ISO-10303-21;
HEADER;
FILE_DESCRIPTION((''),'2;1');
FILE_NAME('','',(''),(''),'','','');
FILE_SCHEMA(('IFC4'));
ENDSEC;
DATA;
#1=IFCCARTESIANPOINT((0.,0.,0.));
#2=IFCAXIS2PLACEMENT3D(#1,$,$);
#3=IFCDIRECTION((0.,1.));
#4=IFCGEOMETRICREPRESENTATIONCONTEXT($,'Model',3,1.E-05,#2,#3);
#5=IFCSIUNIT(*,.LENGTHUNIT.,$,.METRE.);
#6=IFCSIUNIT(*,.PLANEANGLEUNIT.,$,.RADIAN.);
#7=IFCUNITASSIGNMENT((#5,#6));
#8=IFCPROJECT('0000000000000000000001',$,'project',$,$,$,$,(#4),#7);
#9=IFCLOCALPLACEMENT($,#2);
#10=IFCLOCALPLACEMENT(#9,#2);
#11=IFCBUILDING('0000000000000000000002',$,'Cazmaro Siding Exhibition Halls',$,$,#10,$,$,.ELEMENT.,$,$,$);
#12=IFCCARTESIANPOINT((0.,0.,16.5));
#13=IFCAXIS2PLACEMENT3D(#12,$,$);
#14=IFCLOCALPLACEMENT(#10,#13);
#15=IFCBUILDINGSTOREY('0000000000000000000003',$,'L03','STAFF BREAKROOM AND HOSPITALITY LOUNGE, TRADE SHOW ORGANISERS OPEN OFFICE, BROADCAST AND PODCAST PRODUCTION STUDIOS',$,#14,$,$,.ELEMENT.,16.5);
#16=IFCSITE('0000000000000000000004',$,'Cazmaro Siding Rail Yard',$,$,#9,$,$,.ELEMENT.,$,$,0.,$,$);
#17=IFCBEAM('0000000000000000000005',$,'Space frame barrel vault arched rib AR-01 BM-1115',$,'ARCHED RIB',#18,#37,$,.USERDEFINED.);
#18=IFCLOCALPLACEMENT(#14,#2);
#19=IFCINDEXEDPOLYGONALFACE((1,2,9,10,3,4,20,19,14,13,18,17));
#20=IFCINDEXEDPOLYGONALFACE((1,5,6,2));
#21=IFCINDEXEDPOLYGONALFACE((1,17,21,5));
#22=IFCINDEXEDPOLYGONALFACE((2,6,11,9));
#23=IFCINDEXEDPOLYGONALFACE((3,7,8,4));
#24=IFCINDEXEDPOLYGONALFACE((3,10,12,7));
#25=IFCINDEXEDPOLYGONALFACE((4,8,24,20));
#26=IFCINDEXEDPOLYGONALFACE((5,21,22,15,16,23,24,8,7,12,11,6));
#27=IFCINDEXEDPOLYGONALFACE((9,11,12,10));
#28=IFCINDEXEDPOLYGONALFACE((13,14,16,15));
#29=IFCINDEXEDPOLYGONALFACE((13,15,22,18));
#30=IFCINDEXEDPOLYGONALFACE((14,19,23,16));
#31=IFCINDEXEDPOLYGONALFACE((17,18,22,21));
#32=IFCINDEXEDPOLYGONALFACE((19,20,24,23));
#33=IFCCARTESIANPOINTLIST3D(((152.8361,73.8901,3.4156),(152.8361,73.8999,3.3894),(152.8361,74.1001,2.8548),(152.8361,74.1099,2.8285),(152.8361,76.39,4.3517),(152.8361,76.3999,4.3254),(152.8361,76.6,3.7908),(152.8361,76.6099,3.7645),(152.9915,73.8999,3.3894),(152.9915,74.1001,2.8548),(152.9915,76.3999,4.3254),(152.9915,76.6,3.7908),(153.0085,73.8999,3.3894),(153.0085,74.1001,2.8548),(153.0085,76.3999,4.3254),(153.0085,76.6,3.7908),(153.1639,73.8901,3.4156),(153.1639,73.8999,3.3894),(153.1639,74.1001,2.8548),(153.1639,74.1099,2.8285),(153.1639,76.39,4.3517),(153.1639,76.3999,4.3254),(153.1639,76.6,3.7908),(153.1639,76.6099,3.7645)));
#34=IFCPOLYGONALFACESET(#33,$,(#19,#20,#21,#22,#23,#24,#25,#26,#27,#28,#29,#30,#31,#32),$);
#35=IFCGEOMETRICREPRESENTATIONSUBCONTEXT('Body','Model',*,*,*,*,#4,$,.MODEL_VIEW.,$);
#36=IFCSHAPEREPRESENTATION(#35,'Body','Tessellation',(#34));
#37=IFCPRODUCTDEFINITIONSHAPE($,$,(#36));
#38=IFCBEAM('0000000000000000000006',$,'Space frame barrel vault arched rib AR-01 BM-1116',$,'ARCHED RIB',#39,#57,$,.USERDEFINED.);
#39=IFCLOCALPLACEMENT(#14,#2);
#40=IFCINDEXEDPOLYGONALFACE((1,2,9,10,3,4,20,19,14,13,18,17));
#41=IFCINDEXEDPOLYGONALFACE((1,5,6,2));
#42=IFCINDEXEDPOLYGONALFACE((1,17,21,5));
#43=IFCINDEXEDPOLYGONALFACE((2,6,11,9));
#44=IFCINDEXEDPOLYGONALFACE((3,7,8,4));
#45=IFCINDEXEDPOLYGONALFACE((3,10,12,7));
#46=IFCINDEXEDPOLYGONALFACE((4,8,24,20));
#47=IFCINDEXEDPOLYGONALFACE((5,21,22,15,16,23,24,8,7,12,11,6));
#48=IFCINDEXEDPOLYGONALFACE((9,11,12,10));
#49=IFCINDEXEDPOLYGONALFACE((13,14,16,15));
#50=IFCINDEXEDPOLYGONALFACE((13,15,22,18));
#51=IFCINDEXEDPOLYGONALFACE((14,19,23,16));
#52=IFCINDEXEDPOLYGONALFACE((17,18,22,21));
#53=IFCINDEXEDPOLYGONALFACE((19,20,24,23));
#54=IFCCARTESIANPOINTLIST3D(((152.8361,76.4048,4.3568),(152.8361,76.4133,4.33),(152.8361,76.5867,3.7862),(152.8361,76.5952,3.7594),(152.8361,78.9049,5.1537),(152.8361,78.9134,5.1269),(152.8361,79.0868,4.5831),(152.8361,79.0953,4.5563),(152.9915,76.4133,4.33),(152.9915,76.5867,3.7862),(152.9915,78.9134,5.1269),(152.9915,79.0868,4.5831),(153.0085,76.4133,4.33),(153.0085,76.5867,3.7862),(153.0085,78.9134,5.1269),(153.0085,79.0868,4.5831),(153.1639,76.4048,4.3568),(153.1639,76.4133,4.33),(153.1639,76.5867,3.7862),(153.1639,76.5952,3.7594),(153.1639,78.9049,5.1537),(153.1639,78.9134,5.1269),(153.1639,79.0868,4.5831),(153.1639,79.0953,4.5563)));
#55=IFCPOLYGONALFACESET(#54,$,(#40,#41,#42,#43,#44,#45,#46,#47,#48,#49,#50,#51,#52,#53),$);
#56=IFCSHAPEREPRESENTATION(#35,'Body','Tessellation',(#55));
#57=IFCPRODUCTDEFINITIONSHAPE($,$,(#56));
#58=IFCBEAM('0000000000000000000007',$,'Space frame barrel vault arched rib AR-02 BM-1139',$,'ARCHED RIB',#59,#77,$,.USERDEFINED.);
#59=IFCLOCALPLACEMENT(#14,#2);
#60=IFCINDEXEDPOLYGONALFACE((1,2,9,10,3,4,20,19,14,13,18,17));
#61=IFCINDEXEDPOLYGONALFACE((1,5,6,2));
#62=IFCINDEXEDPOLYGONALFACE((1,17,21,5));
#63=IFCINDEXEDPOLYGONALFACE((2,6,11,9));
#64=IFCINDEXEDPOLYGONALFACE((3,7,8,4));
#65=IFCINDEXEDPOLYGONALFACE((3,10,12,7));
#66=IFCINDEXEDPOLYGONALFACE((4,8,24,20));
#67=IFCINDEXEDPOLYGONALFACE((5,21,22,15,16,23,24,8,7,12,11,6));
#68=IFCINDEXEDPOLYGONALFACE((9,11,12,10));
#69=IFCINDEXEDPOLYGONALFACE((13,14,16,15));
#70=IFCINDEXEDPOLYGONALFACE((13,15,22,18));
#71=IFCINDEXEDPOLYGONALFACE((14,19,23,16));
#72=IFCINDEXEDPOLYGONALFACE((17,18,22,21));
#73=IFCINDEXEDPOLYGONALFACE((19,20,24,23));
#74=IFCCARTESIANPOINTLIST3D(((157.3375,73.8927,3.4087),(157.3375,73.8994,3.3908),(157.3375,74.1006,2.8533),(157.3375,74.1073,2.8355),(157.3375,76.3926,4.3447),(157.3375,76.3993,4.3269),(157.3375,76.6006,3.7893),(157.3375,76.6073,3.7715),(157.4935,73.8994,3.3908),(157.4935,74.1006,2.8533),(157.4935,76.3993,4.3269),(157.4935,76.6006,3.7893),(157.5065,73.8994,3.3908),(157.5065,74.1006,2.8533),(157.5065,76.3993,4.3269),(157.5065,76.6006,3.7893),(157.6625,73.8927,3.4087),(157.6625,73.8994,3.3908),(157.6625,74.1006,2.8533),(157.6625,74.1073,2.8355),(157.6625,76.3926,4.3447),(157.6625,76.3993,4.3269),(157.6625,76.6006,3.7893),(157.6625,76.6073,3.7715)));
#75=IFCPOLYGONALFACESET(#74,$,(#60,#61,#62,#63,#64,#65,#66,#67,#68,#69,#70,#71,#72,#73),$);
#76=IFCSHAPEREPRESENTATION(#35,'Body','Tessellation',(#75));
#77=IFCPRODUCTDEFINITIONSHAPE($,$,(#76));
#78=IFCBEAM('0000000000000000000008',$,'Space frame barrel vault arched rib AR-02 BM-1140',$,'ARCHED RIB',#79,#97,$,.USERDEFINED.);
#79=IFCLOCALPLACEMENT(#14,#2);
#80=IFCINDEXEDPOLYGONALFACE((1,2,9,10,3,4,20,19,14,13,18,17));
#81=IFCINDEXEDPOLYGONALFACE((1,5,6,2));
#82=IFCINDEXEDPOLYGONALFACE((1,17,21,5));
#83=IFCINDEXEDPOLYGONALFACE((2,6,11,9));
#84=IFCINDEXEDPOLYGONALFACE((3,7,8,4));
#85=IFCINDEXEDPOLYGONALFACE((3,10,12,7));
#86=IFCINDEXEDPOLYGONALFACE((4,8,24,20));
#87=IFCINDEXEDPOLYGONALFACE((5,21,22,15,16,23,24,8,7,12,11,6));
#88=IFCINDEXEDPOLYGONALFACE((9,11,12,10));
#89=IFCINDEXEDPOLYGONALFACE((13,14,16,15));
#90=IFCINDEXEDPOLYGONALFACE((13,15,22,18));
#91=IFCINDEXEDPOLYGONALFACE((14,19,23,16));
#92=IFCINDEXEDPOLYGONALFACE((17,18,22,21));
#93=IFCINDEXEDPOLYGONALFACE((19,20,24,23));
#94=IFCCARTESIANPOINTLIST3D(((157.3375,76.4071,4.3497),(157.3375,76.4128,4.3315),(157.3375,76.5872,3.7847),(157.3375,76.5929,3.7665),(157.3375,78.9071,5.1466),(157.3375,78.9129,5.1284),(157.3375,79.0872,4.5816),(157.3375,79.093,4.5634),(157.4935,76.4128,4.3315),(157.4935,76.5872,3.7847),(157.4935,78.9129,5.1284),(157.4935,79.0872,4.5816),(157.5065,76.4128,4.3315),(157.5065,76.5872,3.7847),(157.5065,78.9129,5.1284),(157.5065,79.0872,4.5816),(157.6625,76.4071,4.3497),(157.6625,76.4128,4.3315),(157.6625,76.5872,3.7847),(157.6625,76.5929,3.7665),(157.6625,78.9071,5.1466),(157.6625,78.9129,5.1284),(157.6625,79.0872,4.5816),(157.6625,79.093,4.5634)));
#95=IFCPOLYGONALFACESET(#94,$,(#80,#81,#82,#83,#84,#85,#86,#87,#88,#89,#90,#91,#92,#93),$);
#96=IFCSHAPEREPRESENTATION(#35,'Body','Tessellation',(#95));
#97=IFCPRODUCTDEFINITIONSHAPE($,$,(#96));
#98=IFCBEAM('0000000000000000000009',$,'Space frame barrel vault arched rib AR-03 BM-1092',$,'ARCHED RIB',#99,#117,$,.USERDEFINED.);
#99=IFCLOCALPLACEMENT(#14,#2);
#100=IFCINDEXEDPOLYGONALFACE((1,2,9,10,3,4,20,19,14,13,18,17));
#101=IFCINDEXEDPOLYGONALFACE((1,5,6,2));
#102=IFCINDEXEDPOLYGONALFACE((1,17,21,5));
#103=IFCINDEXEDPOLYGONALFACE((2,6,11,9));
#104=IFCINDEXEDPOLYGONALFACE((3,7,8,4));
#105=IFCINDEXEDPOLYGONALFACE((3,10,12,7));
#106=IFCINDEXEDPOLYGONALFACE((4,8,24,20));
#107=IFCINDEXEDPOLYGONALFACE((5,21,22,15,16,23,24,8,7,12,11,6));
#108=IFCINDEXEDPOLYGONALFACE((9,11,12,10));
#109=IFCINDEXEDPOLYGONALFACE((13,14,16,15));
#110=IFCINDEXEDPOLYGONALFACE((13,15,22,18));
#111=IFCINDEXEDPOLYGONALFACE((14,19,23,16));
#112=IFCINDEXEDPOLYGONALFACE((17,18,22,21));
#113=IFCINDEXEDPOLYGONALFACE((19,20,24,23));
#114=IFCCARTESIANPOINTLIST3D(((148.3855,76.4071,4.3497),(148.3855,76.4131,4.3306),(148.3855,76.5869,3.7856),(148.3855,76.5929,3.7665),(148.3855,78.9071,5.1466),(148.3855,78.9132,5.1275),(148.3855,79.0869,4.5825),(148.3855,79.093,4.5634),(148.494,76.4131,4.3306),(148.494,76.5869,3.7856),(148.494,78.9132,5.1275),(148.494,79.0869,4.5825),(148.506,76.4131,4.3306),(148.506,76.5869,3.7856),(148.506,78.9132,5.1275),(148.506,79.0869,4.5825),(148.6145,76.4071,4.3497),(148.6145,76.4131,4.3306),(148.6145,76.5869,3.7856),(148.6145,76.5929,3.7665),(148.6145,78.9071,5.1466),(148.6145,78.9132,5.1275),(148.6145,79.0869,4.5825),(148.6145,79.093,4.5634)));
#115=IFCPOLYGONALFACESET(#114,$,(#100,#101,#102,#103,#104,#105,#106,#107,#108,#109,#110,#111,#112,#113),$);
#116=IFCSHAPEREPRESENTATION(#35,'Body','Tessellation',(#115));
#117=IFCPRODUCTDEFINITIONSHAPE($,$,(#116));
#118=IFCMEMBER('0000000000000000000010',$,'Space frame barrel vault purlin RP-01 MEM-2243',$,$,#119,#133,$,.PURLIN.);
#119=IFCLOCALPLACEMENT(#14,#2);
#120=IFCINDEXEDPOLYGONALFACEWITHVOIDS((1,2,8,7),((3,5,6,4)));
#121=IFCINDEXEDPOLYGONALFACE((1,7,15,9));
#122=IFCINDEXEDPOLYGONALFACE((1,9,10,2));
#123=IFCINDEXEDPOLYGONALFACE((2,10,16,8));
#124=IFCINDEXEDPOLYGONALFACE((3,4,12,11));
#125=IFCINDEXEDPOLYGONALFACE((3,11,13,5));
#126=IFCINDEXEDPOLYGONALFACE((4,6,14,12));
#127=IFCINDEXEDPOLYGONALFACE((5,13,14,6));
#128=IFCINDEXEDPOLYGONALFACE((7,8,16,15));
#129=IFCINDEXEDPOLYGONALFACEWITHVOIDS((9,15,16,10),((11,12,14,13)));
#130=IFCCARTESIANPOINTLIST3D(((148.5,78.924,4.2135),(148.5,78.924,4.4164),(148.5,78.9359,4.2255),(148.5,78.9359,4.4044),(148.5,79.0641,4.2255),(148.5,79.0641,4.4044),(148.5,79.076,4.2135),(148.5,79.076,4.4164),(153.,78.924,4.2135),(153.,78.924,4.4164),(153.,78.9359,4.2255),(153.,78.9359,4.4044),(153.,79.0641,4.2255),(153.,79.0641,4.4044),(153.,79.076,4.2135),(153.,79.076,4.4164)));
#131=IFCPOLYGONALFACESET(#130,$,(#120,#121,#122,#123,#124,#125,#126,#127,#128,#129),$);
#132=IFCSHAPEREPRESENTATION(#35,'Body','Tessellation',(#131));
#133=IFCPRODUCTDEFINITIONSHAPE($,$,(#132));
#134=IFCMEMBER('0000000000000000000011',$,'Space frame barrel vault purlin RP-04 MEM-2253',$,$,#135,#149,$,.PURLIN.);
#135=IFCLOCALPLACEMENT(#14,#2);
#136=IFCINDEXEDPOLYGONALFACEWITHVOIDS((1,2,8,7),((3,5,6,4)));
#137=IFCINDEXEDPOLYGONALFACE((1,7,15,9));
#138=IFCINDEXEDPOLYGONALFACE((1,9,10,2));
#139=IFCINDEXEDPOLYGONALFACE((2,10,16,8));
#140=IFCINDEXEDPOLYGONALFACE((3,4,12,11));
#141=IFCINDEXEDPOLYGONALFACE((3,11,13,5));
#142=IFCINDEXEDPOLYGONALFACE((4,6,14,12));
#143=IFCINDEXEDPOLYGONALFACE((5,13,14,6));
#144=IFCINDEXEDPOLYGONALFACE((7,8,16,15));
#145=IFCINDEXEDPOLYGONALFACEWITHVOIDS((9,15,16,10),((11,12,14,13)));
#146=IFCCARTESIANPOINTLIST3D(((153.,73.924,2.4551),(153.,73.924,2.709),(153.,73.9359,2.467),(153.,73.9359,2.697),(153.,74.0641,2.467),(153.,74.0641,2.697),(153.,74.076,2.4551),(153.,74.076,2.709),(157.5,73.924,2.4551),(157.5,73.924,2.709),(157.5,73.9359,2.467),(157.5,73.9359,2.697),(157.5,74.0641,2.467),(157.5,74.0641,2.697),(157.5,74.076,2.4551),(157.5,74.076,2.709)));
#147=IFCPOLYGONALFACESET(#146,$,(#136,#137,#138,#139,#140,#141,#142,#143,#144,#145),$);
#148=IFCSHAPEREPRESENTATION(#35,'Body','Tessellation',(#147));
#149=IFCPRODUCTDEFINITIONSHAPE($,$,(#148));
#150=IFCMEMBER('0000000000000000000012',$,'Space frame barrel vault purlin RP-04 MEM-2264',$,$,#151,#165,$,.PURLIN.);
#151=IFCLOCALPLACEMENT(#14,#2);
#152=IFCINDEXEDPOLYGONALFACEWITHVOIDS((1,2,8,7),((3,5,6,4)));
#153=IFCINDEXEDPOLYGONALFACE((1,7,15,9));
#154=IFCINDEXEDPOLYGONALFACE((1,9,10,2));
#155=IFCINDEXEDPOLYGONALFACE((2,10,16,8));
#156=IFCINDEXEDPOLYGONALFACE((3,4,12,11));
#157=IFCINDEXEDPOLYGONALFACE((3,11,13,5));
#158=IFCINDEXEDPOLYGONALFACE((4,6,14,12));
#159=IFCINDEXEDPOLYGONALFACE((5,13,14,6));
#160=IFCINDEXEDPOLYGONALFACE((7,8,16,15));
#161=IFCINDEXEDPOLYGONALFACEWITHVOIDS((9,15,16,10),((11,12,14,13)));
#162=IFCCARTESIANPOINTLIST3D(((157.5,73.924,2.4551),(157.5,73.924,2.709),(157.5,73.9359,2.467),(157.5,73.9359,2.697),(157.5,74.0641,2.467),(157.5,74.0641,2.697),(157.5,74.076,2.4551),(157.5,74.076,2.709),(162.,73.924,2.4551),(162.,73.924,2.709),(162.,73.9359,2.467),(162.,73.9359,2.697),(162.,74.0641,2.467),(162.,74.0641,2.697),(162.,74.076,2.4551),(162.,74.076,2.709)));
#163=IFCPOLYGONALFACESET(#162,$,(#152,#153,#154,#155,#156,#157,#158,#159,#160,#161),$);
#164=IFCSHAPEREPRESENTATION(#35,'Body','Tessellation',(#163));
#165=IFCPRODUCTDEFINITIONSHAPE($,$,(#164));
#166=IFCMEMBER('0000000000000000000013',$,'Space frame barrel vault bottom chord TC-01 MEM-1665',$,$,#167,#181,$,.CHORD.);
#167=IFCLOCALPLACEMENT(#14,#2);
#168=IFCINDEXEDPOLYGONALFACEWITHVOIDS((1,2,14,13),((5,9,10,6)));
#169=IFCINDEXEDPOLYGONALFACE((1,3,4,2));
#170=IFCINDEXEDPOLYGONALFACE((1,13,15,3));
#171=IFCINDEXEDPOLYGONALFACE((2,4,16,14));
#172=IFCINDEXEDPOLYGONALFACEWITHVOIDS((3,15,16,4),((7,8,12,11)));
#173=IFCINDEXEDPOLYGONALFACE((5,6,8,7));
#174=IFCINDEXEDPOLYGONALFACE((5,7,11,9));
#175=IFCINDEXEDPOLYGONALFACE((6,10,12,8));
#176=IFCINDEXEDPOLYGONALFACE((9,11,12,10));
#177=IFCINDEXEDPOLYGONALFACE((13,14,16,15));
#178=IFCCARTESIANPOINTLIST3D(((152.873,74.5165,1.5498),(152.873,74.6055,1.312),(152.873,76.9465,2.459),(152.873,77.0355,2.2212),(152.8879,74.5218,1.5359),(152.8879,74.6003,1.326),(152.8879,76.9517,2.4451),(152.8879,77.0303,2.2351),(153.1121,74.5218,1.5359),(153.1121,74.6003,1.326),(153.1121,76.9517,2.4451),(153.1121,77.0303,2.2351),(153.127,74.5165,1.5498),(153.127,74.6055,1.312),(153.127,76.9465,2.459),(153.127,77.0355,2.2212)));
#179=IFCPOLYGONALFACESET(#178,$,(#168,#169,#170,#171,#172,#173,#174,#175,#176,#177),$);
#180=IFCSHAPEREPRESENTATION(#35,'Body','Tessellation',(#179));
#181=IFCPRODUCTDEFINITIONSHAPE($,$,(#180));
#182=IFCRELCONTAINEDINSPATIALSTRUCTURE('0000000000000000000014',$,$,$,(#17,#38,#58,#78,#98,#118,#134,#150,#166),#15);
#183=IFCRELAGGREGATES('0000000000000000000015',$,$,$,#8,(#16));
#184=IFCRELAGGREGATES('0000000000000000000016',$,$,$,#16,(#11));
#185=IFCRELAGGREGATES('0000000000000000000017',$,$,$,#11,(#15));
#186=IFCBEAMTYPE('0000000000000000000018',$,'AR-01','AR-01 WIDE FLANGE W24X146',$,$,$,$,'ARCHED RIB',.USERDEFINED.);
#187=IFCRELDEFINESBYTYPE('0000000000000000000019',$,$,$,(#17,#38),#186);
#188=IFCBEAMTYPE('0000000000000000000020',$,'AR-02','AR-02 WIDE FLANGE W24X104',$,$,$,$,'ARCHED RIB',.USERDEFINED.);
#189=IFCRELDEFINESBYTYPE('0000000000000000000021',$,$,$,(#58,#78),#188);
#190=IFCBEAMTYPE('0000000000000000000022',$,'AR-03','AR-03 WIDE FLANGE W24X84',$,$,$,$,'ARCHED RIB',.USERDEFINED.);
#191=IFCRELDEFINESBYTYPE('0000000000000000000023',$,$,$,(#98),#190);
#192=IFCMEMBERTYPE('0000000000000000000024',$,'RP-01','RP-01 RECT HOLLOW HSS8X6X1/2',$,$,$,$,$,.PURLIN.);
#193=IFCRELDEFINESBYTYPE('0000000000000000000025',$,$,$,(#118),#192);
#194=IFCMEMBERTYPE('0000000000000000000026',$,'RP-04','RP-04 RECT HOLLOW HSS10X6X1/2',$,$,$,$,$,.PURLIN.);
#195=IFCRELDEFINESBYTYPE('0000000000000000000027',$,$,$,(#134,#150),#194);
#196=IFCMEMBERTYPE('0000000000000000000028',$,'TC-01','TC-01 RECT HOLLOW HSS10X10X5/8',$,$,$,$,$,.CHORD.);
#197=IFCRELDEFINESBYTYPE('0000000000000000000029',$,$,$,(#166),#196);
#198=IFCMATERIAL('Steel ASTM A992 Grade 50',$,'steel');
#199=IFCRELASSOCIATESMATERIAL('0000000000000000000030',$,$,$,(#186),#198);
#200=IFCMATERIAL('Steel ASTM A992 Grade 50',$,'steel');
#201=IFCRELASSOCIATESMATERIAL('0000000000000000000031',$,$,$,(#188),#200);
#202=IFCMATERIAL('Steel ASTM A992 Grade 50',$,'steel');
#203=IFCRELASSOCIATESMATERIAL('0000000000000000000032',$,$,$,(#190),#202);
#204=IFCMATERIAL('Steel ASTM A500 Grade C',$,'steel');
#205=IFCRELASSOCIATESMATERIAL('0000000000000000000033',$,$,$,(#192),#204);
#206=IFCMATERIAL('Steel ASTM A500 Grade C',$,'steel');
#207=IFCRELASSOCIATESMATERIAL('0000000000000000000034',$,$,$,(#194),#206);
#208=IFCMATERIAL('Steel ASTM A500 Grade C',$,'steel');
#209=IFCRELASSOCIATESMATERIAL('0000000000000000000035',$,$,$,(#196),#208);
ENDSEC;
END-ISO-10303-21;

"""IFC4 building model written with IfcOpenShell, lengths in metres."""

from ifc_helpers import new_model, si_unit, direction, frame, origin, origin_2d, place, context, subcontext, project, spatial, hollow_rectangle, i_section, extrude, material, material_profile, profile_set, type_object, element, save


model = new_model("IFC4")

# Units and contexts
model_context = context("Model", 3, precision=1e-05, world=origin(), true_north=direction((0.0, 1.0)))
body_context = subcontext(model_context, "Body", "Model", "MODEL_VIEW")
ifc_project = project(units=[si_unit("LENGTHUNIT", "METRE"), si_unit("PLANEANGLEUNIT", "RADIAN")], contexts=[model_context])

# Site, building, storey
site_placement = place(None, origin())
site = spatial("IfcSite", under=ifc_project, at=site_placement, Name="Cazmaro Siding Rail Yard", CompositionType="ELEMENT", RefElevation=0.0)
building_placement = place(site_placement, origin())
building = spatial("IfcBuilding", under=site, at=building_placement, Name="Cazmaro Siding Exhibition Halls", CompositionType="ELEMENT")
storey_placement = place(building_placement, frame((0.0, 0.0, 16.5)))
storey = spatial("IfcBuildingStorey", under=building, at=storey_placement, Name="L03", Description="STAFF BREAKROOM AND HOSPITALITY LOUNGE, TRADE SHOW ORGANISERS OPEN OFFICE, BROADCAST AND PODCAST PRODUCTION STUDIOS", CompositionType="ELEMENT", Elevation=16.5)

# Beams
ifc_material_1 = material(Name="Steel ASTM A992 Grade 50", Category="steel")
ifc_material_profile_1 = material_profile(ifc_material_1, i_section(OverallWidth=0.3279, OverallDepth=0.627, WebThickness=0.0171, FlangeThickness=0.0281, at=origin_2d()), Name="W24X146")
ifc_profile_set_1 = profile_set([ifc_material_profile_1], Name="Steel ASTM A992 Grade 50")
beam_type_1 = type_object("IfcBeamType", Name="AR-01", Description="AR-01 WIDE FLANGE W24X146", ElementType="ARCHED RIB", PredefinedType="USERDEFINED", material=ifc_profile_set_1)
beam_1_placement = place(storey_placement, frame((153.0, 74.0, 3.1221), z_axis=(0.0, 0.936509, 0.350642), x_axis=(-1.0, 0.0, 0.0)))
element("IfcBeam", 1, at=beam_1_placement, inside=storey, type_object=beam_type_1, Name="Space frame barrel vault arched rib AR-01 BM-1115", ObjectType="ARCHED RIB", PredefinedType="USERDEFINED", context=body_context, shape_type="SweptSolid", body=[
    extrude(i_section(OverallWidth=0.3279, OverallDepth=0.627, WebThickness=0.0171, FlangeThickness=0.0281, at=origin_2d()), origin(), (0.0, 0.0, 1.0), 2.6694),
])
beam_2_placement = place(storey_placement, frame((153.0, 76.5, 4.0581), z_axis=(0.0, 0.952769, 0.303695), x_axis=(-1.0, 0.0, 0.0)))
element("IfcBeam", 2, at=beam_2_placement, inside=storey, type_object=beam_type_1, Name="Space frame barrel vault arched rib AR-01 BM-1116", ObjectType="ARCHED RIB", PredefinedType="USERDEFINED", context=body_context, shape_type="SweptSolid", body=[
    extrude(i_section(OverallWidth=0.3279, OverallDepth=0.627, WebThickness=0.0171, FlangeThickness=0.0281, at=origin_2d()), origin(), (0.0, 0.0, 1.0), 2.624),
])
ifc_material_2 = material(Name="Steel ASTM A992 Grade 50", Category="steel")
ifc_material_profile_2 = material_profile(ifc_material_2, i_section(OverallWidth=0.325, OverallDepth=0.6121, WebThickness=0.0129, FlangeThickness=0.019, at=origin_2d()), Name="W24X104")
ifc_profile_set_2 = profile_set([ifc_material_profile_2], Name="Steel ASTM A992 Grade 50")
beam_type_2 = type_object("IfcBeamType", Name="AR-02", Description="AR-02 WIDE FLANGE W24X104", ElementType="ARCHED RIB", PredefinedType="USERDEFINED", material=ifc_profile_set_2)
beam_3_placement = place(storey_placement, frame((157.5, 74.0, 3.1221), z_axis=(0.0, 0.936509, 0.350642), x_axis=(-1.0, 0.0, 0.0)))
element("IfcBeam", 3, at=beam_3_placement, inside=storey, type_object=beam_type_2, Name="Space frame barrel vault arched rib AR-02 BM-1139", ObjectType="ARCHED RIB", PredefinedType="USERDEFINED", context=body_context, shape_type="SweptSolid", body=[
    extrude(i_section(OverallWidth=0.325, OverallDepth=0.6121, WebThickness=0.0129, FlangeThickness=0.019, at=origin_2d()), origin(), (0.0, 0.0, 1.0), 2.6694),
])
beam_4_placement = place(storey_placement, frame((157.5, 76.5, 4.0581), z_axis=(0.0, 0.952769, 0.303695), x_axis=(-1.0, 0.0, 0.0)))
element("IfcBeam", 4, at=beam_4_placement, inside=storey, type_object=beam_type_2, Name="Space frame barrel vault arched rib AR-02 BM-1140", ObjectType="ARCHED RIB", PredefinedType="USERDEFINED", context=body_context, shape_type="SweptSolid", body=[
    extrude(i_section(OverallWidth=0.325, OverallDepth=0.6121, WebThickness=0.0129, FlangeThickness=0.019, at=origin_2d()), origin(), (0.0, 0.0, 1.0), 2.624),
])
ifc_material_3 = material(Name="Steel ASTM A992 Grade 50", Category="steel")
ifc_material_profile_3 = material_profile(ifc_material_3, i_section(OverallWidth=0.229, OverallDepth=0.6121, WebThickness=0.012, FlangeThickness=0.02, at=origin_2d()), Name="W24X84")
ifc_profile_set_3 = profile_set([ifc_material_profile_3], Name="Steel ASTM A992 Grade 50")
beam_type_3 = type_object("IfcBeamType", Name="AR-03", Description="AR-03 WIDE FLANGE W24X84", ElementType="ARCHED RIB", PredefinedType="USERDEFINED", material=ifc_profile_set_3)
beam_5_placement = place(storey_placement, frame((148.5, 76.5, 4.0581), z_axis=(0.0, 0.952769, 0.303695), x_axis=(-1.0, 0.0, 0.0)))
element("IfcBeam", 5, at=beam_5_placement, inside=storey, type_object=beam_type_3, Name="Space frame barrel vault arched rib AR-03 BM-1092", ObjectType="ARCHED RIB", PredefinedType="USERDEFINED", context=body_context, shape_type="SweptSolid", body=[
    extrude(i_section(OverallWidth=0.229, OverallDepth=0.6121, WebThickness=0.012, FlangeThickness=0.02, at=origin_2d()), origin(), (0.0, 0.0, 1.0), 2.624),
])

# Members
ifc_material_4 = material(Name="Steel ASTM A500 Grade C", Category="steel")
ifc_material_profile_4 = material_profile(ifc_material_4, hollow_rectangle(XDim=0.1521, YDim=0.2029, WallThickness=0.012, at=origin_2d()), Name="HSS8X6X1/2")
ifc_profile_set_4 = profile_set([ifc_material_profile_4], Name="Steel ASTM A500 Grade C")
member_type_1 = type_object("IfcMemberType", Name="RP-01", Description="RP-01 RECT HOLLOW HSS8X6X1/2", PredefinedType="PURLIN", material=ifc_profile_set_4)
member_1_placement = place(storey_placement, frame((148.5, 79.0, 4.3149), z_axis=(1.0, 0.0, 0.0), x_axis=(0.0, 1.0, 0.0)))
element("IfcMember", 6, at=member_1_placement, inside=storey, type_object=member_type_1, Name="Space frame barrel vault purlin RP-01 MEM-2243", PredefinedType="PURLIN", context=body_context, shape_type="SweptSolid", body=[
    extrude(hollow_rectangle(XDim=0.1521, YDim=0.2029, WallThickness=0.012, at=origin_2d()), origin(), (0.0, 0.0, 1.0), 4.5),
])
ifc_material_5 = material(Name="Steel ASTM A500 Grade C", Category="steel")
ifc_material_profile_5 = material_profile(ifc_material_5, hollow_rectangle(XDim=0.1521, YDim=0.2539, WallThickness=0.012, at=origin_2d()), Name="HSS10X6X1/2")
ifc_profile_set_5 = profile_set([ifc_material_profile_5], Name="Steel ASTM A500 Grade C")
member_type_2 = type_object("IfcMemberType", Name="RP-04", Description="RP-04 RECT HOLLOW HSS10X6X1/2", PredefinedType="PURLIN", material=ifc_profile_set_5)
for number, where, z_axis, x_axis, name in (
    (7, (153.0, 74.0, 2.582), (1.0, 0.0, 0.0), (0.0, 1.0, 0.0), "Space frame barrel vault purlin RP-04 MEM-2253"),
    (8, (157.5, 74.0, 2.582), (1.0, 0.0, 0.0), (0.0, 1.0, 0.0), "Space frame barrel vault purlin RP-04 MEM-2264"),
):
    element("IfcMember", number, at=place(storey_placement, frame(where, z_axis=z_axis, x_axis=x_axis)), inside=storey, type_object=member_type_2, Name=name, PredefinedType="PURLIN", context=body_context, shape_type="SweptSolid", body=[
        extrude(hollow_rectangle(XDim=0.1521, YDim=0.2539, WallThickness=0.012, at=origin_2d()), origin(), (0.0, 0.0, 1.0), 4.5),
    ])
ifc_material_6 = material(Name="Steel ASTM A500 Grade C", Category="steel")
ifc_material_profile_6 = material_profile(ifc_material_6, hollow_rectangle(XDim=0.2539, YDim=0.2539, WallThickness=0.0149, at=origin_2d()), Name="HSS10X10X5/8")
ifc_profile_set_6 = profile_set([ifc_material_profile_6], Name="Steel ASTM A500 Grade C")
member_type_3 = type_object("IfcMemberType", Name="TC-01", Description="TC-01 RECT HOLLOW HSS10X10X5/8", PredefinedType="CHORD", material=ifc_profile_set_6)
member_2_placement = place(storey_placement, frame((153.0, 74.561, 1.4309), z_axis=(0.0, 0.936588, 0.350432), x_axis=(-1.0, 0.0, 0.0)))
element("IfcMember", 9, at=member_2_placement, inside=storey, type_object=member_type_3, Name="Space frame barrel vault bottom chord TC-01 MEM-1665", PredefinedType="CHORD", context=body_context, shape_type="SweptSolid", body=[
    extrude(hollow_rectangle(XDim=0.2539, YDim=0.2539, WallThickness=0.0149, at=origin_2d()), origin(), (0.0, 0.0, 1.0), 2.5945),
])

save(model, "model.ifc")
